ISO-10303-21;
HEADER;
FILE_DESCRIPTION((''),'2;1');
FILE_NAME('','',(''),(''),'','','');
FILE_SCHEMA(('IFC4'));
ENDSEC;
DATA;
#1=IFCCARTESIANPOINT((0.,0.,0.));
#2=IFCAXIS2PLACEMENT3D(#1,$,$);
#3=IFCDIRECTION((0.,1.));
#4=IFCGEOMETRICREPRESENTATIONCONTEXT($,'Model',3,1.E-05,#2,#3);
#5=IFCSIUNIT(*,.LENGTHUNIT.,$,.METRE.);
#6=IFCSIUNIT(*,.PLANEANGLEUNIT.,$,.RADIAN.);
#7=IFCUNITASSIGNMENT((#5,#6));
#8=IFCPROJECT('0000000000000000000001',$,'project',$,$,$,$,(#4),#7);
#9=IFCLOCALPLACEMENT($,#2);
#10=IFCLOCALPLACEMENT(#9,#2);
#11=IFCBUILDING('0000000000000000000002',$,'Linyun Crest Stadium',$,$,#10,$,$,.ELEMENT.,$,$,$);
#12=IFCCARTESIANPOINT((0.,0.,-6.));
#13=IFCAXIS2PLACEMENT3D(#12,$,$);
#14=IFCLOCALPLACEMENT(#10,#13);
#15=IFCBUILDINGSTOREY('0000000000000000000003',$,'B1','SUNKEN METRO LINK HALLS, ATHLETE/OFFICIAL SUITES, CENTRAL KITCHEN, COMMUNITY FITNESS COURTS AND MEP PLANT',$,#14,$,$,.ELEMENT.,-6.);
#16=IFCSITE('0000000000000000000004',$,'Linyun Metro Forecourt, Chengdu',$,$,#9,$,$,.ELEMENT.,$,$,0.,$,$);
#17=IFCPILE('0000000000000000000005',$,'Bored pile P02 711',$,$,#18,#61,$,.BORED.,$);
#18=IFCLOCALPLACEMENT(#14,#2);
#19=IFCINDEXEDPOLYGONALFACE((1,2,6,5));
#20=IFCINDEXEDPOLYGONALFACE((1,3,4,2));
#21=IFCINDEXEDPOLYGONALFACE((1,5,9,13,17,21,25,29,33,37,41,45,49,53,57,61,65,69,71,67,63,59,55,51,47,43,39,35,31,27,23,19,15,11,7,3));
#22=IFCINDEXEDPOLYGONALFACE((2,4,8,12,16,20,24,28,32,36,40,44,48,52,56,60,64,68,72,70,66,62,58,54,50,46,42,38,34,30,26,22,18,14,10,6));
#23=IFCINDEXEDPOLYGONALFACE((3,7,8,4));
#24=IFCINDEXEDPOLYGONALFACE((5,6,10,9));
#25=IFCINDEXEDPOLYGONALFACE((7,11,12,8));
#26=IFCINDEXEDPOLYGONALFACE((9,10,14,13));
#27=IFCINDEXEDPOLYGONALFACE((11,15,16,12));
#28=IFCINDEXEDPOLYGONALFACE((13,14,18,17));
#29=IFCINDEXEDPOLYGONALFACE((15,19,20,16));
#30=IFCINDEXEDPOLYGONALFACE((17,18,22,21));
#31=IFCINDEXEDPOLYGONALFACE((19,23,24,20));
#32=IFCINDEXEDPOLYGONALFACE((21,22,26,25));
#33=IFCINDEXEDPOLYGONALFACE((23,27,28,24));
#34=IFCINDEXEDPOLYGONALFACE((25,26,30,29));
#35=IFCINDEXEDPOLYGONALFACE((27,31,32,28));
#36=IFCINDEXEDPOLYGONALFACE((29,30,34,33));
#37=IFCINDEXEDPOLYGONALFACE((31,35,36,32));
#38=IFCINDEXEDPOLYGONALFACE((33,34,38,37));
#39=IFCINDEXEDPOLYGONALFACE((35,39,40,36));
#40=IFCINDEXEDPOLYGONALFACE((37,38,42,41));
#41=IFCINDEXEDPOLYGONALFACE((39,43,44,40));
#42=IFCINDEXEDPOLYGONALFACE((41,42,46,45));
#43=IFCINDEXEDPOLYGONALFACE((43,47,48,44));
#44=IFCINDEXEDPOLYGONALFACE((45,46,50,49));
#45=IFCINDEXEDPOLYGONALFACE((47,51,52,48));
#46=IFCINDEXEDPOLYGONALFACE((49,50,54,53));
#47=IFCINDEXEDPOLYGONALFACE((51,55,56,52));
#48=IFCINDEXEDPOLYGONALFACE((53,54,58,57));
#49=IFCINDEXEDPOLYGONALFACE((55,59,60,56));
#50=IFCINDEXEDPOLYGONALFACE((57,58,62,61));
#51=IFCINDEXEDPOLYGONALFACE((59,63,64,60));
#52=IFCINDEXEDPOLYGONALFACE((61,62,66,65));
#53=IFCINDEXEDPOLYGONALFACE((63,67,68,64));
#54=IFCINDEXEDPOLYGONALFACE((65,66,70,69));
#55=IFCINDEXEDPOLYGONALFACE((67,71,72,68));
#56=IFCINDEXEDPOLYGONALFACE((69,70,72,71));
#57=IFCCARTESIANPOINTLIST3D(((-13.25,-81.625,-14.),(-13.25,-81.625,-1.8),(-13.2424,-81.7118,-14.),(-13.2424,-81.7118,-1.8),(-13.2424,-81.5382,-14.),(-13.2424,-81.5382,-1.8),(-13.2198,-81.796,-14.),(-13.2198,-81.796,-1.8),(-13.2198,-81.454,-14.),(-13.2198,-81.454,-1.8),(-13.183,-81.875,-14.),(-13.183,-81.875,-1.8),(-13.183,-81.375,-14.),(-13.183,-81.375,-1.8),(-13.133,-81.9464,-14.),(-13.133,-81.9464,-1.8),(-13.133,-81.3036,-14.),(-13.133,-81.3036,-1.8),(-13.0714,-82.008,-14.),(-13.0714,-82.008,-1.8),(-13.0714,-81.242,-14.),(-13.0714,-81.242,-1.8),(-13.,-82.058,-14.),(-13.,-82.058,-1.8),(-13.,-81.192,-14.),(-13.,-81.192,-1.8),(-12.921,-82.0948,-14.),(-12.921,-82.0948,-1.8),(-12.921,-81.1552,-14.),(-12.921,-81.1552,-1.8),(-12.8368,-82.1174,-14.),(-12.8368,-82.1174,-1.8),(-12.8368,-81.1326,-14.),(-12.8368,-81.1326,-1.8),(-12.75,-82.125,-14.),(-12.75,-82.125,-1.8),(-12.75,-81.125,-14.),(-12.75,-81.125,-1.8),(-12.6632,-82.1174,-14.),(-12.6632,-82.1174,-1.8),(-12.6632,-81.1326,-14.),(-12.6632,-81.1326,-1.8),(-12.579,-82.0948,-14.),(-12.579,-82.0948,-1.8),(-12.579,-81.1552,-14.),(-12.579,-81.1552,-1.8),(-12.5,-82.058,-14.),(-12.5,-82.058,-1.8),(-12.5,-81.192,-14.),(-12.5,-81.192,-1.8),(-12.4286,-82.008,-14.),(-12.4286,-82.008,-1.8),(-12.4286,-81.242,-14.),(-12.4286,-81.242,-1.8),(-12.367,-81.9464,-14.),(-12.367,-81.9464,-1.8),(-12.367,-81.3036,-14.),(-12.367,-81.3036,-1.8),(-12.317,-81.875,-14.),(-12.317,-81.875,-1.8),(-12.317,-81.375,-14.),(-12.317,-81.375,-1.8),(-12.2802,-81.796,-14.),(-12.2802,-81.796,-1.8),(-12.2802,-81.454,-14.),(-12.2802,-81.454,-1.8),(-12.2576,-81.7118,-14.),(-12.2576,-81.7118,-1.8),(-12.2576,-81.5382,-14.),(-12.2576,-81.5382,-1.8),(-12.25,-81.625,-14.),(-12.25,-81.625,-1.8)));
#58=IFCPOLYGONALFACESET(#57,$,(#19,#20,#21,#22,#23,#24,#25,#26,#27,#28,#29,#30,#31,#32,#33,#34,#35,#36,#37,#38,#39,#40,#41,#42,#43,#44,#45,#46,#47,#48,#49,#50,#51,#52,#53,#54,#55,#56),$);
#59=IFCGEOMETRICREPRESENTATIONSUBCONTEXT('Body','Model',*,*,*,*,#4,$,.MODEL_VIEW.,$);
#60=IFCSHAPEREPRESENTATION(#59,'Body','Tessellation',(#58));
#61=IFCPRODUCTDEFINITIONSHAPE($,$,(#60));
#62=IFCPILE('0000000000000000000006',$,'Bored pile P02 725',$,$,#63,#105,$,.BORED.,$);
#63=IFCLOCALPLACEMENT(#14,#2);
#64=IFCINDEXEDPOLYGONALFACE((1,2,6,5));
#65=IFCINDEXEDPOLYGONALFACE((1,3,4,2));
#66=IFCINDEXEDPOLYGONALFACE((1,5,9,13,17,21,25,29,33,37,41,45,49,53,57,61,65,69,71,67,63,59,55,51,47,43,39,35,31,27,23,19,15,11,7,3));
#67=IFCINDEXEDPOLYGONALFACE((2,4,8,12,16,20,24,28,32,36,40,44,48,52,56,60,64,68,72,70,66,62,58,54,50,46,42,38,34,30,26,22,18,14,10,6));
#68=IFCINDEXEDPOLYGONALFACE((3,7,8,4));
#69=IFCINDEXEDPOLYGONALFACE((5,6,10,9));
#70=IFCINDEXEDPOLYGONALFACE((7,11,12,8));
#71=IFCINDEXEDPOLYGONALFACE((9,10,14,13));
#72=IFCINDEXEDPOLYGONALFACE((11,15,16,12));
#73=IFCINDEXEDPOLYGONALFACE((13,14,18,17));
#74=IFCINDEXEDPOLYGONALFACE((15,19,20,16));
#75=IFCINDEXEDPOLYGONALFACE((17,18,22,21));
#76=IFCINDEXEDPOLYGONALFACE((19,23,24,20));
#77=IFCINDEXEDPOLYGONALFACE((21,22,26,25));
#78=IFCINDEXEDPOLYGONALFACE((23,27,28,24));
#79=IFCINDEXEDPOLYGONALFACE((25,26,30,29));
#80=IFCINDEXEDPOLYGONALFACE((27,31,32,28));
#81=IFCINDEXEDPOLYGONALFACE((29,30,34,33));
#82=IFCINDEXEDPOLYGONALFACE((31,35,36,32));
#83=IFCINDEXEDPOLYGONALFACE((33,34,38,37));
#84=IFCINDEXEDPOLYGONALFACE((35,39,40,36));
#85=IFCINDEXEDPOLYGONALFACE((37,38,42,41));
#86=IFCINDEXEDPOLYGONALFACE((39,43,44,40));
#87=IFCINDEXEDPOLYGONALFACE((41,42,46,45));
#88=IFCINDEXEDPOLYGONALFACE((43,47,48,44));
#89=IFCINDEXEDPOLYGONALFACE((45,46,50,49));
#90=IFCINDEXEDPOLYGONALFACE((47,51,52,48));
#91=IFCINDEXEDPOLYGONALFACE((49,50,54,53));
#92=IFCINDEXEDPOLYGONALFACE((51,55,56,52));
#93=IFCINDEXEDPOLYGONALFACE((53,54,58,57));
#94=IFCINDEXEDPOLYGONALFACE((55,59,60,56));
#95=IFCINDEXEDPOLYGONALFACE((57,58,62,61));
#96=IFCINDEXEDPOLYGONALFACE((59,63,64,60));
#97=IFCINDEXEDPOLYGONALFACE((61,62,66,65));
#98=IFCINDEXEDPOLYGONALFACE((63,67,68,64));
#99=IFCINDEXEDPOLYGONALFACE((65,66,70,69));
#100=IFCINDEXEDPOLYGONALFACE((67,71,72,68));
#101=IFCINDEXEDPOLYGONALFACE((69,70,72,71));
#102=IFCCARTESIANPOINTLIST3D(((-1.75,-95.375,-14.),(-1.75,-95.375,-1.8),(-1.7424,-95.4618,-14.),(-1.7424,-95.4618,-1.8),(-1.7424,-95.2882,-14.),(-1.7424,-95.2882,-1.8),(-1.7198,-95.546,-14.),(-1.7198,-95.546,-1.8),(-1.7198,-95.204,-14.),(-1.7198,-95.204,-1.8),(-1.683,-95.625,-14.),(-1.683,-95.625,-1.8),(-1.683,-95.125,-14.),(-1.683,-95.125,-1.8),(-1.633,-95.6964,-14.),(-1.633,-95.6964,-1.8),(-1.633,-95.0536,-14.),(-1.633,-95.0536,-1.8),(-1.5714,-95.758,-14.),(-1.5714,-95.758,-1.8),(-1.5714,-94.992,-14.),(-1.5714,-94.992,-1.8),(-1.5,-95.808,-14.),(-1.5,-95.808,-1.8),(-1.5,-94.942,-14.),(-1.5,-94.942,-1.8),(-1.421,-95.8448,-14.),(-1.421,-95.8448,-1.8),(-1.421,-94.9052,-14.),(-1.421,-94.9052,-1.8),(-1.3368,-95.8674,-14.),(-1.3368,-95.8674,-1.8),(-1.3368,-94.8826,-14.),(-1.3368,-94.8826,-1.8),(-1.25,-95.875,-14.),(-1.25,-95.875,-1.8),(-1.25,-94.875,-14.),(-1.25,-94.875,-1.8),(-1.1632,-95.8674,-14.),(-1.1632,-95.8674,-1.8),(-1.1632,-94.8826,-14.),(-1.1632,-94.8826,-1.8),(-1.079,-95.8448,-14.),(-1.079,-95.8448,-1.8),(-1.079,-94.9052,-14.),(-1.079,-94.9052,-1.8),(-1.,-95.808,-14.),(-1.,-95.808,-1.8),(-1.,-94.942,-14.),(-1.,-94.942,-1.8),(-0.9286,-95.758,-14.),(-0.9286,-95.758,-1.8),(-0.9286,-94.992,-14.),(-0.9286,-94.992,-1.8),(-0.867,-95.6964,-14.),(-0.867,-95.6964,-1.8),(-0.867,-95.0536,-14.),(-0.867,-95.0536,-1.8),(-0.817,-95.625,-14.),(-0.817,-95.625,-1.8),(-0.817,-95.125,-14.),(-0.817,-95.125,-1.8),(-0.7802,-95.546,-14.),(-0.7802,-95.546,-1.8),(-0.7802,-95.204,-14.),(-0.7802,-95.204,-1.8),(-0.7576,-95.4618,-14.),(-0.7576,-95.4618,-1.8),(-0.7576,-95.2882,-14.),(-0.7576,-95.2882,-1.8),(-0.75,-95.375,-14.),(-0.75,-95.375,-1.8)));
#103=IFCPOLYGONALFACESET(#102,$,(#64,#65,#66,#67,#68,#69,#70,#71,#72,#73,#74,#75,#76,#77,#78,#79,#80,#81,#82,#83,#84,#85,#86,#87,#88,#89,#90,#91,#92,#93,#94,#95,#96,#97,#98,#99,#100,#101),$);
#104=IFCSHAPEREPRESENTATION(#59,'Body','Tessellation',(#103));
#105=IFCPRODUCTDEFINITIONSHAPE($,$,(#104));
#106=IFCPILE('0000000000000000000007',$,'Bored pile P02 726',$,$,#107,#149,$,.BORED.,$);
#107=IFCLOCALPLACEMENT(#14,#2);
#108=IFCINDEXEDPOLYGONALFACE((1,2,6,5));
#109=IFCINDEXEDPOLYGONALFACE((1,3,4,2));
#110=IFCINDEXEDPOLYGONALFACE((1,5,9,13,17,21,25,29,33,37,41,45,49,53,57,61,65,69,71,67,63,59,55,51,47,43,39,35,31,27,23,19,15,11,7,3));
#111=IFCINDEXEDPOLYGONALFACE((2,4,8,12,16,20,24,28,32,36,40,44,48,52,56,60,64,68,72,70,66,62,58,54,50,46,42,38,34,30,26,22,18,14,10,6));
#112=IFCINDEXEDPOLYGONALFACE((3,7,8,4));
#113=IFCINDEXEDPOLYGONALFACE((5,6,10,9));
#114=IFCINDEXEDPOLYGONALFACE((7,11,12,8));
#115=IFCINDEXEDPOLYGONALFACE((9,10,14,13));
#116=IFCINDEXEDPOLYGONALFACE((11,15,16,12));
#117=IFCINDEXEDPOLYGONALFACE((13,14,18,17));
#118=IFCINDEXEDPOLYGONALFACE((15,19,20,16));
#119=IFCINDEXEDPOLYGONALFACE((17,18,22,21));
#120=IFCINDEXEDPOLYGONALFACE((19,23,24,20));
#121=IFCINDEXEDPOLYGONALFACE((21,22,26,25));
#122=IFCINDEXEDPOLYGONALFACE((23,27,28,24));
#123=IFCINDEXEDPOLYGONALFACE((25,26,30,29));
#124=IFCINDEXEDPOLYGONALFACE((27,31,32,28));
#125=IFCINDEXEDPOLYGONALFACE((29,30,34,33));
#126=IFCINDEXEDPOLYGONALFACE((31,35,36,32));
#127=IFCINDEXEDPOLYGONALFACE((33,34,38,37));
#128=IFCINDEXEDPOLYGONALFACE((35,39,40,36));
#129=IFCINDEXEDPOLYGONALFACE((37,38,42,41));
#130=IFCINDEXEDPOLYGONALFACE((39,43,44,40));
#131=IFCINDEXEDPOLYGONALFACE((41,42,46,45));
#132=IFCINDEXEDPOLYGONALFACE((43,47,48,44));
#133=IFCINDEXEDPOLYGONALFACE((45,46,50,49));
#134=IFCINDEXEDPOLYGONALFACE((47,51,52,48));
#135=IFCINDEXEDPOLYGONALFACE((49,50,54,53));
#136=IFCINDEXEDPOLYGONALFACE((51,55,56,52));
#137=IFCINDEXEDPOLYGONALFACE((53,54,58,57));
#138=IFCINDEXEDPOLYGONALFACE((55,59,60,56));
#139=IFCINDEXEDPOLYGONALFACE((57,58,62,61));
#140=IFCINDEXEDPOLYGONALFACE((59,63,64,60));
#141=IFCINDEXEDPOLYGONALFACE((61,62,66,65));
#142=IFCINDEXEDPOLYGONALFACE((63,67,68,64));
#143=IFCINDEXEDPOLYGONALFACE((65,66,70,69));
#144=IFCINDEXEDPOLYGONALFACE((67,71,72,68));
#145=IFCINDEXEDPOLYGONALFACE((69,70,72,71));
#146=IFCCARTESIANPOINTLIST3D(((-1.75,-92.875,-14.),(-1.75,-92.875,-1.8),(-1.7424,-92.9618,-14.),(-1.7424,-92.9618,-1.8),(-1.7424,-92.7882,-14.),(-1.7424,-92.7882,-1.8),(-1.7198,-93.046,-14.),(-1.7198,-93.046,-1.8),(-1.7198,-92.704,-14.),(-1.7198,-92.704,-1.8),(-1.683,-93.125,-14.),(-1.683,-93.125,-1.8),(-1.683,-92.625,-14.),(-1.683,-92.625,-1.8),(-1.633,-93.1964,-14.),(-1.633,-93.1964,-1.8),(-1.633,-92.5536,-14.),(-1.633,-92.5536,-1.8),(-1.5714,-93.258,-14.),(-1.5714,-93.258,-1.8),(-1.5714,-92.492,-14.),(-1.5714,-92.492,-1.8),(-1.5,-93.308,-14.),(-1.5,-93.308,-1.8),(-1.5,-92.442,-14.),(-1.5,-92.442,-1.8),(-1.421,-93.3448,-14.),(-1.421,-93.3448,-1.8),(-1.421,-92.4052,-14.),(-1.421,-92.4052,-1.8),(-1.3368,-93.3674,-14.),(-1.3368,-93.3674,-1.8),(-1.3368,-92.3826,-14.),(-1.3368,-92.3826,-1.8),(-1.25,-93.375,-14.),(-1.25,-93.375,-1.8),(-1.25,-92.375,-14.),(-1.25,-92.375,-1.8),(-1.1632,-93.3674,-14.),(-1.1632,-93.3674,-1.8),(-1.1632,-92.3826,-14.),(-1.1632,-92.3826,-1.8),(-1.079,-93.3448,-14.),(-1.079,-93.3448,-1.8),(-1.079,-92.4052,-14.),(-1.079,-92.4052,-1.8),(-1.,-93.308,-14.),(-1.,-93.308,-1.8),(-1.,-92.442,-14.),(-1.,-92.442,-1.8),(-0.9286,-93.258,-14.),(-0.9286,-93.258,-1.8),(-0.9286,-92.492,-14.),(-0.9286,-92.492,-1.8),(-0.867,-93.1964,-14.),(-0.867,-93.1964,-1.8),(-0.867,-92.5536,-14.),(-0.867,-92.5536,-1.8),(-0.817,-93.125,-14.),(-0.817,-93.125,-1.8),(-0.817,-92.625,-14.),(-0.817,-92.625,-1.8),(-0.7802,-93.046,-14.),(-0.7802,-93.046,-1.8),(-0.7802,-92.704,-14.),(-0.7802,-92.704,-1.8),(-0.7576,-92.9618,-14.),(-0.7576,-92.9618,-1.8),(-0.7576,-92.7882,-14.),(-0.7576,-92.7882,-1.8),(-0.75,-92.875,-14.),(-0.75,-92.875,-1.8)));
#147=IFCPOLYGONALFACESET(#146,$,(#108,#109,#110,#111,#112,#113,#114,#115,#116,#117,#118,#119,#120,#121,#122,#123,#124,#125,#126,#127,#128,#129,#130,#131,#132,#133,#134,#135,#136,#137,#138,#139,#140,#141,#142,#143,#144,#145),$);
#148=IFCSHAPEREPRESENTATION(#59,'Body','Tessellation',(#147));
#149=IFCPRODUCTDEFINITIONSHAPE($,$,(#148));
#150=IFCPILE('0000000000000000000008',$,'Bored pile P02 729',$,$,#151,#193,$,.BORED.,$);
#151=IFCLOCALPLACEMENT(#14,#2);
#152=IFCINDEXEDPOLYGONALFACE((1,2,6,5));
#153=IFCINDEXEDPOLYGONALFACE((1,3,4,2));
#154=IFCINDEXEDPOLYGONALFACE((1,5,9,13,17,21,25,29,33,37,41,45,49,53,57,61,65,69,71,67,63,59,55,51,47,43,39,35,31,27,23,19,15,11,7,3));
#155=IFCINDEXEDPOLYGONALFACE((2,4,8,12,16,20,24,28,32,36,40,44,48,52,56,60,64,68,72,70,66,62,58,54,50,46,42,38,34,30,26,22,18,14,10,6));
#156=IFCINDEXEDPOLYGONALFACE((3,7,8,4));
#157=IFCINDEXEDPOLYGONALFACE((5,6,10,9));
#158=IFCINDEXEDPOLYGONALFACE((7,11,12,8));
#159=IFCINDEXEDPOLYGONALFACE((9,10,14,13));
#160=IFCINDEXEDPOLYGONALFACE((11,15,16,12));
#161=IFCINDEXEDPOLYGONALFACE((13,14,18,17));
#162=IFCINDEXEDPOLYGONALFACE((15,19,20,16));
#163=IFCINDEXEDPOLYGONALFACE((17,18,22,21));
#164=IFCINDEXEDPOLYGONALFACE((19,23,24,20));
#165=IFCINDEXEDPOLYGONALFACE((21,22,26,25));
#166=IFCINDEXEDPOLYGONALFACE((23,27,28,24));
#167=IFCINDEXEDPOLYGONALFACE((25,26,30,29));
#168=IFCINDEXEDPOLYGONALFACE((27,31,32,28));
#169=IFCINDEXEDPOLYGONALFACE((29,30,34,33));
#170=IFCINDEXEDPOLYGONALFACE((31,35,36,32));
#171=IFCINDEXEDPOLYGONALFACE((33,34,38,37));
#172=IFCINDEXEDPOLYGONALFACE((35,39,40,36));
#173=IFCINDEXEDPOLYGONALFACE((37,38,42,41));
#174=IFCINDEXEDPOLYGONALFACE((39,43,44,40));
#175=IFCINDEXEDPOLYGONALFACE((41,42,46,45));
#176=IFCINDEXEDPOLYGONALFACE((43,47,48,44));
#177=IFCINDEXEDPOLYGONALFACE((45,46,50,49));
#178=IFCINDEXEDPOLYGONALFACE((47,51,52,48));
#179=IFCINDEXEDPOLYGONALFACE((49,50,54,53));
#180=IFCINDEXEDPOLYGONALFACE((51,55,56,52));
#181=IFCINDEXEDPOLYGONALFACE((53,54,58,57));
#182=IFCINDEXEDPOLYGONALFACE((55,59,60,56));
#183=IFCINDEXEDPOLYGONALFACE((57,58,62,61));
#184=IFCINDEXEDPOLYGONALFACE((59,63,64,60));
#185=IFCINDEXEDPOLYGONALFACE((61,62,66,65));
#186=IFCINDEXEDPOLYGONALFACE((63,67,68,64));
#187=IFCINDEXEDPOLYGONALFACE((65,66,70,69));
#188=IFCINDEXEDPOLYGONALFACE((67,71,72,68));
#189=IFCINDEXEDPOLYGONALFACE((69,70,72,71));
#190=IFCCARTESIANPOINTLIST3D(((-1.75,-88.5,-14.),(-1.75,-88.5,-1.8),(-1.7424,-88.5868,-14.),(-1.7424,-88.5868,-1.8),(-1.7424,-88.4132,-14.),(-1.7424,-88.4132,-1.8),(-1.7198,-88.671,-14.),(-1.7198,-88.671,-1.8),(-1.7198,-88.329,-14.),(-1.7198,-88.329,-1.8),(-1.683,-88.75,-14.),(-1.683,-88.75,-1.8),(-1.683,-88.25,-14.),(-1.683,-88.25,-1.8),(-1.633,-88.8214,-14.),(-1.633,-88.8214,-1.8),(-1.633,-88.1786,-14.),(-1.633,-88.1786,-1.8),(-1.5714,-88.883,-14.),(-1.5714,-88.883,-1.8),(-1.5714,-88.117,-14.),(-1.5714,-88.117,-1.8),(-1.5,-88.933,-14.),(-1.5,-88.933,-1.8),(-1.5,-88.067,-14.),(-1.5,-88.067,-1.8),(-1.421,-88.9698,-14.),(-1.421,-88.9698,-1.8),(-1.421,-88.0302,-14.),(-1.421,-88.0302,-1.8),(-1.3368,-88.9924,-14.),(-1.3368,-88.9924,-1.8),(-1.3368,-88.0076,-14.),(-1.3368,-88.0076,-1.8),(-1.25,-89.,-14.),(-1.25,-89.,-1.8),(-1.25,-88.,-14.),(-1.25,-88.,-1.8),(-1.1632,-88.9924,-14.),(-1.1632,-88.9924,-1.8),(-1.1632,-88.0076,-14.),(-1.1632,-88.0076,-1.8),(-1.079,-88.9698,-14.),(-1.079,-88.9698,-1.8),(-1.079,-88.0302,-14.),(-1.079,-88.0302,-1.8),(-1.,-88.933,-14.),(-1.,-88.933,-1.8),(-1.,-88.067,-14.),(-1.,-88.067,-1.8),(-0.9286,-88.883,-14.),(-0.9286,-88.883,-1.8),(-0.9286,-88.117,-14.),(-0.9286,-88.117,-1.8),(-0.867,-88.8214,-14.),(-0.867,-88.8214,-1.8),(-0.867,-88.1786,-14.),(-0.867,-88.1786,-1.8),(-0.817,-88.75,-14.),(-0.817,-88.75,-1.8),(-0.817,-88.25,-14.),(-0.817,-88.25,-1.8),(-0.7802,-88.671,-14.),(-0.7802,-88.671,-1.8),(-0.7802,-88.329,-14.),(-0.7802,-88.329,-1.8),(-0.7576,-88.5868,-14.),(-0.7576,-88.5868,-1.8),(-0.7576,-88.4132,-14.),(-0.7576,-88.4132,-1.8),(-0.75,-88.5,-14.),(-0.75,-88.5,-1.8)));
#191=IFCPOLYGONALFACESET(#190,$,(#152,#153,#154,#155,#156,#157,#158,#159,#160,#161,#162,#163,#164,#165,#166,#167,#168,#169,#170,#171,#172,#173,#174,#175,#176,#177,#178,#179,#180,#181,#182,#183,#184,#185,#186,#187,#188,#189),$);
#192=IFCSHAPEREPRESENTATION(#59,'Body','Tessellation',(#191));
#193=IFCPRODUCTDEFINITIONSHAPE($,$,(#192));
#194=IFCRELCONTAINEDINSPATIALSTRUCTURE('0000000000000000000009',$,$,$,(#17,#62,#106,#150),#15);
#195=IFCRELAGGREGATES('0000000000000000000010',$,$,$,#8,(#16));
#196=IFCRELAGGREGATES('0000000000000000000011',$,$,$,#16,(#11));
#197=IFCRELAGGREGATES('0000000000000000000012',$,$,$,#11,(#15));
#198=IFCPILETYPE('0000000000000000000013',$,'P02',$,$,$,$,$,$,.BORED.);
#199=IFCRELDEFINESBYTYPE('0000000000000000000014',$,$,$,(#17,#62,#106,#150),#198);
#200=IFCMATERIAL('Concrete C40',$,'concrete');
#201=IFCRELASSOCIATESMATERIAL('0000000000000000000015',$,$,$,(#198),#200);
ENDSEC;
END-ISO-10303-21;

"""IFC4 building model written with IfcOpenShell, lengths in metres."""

from ifc_helpers import new_model, si_unit, direction, frame, origin, origin_2d, place, context, subcontext, project, spatial, circle, extrude, material, material_profile, profile_set, type_object, element, save


model = new_model("IFC4")

# Units and contexts
model_context = context("Model", 3, precision=1e-05, world=origin(), true_north=direction((0.0, 1.0)))
body_context = subcontext(model_context, "Body", "Model", "MODEL_VIEW")
ifc_project = project(units=[si_unit("LENGTHUNIT", "METRE"), si_unit("PLANEANGLEUNIT", "RADIAN")], contexts=[model_context])

# Site, building, storey
site_placement = place(None, origin())
site = spatial("IfcSite", under=ifc_project, at=site_placement, Name="Linyun Metro Forecourt, Chengdu", CompositionType="ELEMENT", RefElevation=0.0)
building_placement = place(site_placement, origin())
building = spatial("IfcBuilding", under=site, at=building_placement, Name="Linyun Crest Stadium", CompositionType="ELEMENT")
storey_placement = place(building_placement, frame((0.0, 0.0, -6.0)))
storey = spatial("IfcBuildingStorey", under=building, at=storey_placement, Name="B1", Description="SUNKEN METRO LINK HALLS, ATHLETE/OFFICIAL SUITES, CENTRAL KITCHEN, COMMUNITY FITNESS COURTS AND MEP PLANT", CompositionType="ELEMENT", Elevation=-6.0)

# Piles
ifc_material_1 = material(Name="Concrete C40", Category="concrete")
ifc_material_profile_1 = material_profile(ifc_material_1, circle(Radius=0.5, at=origin_2d()), Name="BORED PILE 1000")
ifc_profile_set_1 = profile_set([ifc_material_profile_1], Name="Concrete C40")
pile_type = type_object("IfcPileType", Name="P02", PredefinedType="BORED", material=ifc_profile_set_1)
for number, where, z_axis, x_axis, name in (
    (1, (-12.75, -81.625, -1.8), (0.0, 0.0, -1.0), (1.0, 0.0, 0.0), "Bored pile P02 711"),
    (2, (-1.25, -95.375, -1.8), (0.0, 0.0, -1.0), (1.0, 0.0, 0.0), "Bored pile P02 725"),
    (3, (-1.25, -92.875, -1.8), (0.0, 0.0, -1.0), (1.0, 0.0, 0.0), "Bored pile P02 726"),
    (4, (-1.25, -88.5, -1.8), (0.0, 0.0, -1.0), (1.0, 0.0, 0.0), "Bored pile P02 729"),
):
    element("IfcPile", number, at=place(storey_placement, frame(where, z_axis=z_axis, x_axis=x_axis)), inside=storey, type_object=pile_type, Name=name, PredefinedType="BORED", context=body_context, shape_type="SweptSolid", body=[
        extrude(circle(Radius=0.5, at=origin_2d()), origin(), (0.0, 0.0, 1.0), 12.2),
    ])

save(model, "model.ifc")
